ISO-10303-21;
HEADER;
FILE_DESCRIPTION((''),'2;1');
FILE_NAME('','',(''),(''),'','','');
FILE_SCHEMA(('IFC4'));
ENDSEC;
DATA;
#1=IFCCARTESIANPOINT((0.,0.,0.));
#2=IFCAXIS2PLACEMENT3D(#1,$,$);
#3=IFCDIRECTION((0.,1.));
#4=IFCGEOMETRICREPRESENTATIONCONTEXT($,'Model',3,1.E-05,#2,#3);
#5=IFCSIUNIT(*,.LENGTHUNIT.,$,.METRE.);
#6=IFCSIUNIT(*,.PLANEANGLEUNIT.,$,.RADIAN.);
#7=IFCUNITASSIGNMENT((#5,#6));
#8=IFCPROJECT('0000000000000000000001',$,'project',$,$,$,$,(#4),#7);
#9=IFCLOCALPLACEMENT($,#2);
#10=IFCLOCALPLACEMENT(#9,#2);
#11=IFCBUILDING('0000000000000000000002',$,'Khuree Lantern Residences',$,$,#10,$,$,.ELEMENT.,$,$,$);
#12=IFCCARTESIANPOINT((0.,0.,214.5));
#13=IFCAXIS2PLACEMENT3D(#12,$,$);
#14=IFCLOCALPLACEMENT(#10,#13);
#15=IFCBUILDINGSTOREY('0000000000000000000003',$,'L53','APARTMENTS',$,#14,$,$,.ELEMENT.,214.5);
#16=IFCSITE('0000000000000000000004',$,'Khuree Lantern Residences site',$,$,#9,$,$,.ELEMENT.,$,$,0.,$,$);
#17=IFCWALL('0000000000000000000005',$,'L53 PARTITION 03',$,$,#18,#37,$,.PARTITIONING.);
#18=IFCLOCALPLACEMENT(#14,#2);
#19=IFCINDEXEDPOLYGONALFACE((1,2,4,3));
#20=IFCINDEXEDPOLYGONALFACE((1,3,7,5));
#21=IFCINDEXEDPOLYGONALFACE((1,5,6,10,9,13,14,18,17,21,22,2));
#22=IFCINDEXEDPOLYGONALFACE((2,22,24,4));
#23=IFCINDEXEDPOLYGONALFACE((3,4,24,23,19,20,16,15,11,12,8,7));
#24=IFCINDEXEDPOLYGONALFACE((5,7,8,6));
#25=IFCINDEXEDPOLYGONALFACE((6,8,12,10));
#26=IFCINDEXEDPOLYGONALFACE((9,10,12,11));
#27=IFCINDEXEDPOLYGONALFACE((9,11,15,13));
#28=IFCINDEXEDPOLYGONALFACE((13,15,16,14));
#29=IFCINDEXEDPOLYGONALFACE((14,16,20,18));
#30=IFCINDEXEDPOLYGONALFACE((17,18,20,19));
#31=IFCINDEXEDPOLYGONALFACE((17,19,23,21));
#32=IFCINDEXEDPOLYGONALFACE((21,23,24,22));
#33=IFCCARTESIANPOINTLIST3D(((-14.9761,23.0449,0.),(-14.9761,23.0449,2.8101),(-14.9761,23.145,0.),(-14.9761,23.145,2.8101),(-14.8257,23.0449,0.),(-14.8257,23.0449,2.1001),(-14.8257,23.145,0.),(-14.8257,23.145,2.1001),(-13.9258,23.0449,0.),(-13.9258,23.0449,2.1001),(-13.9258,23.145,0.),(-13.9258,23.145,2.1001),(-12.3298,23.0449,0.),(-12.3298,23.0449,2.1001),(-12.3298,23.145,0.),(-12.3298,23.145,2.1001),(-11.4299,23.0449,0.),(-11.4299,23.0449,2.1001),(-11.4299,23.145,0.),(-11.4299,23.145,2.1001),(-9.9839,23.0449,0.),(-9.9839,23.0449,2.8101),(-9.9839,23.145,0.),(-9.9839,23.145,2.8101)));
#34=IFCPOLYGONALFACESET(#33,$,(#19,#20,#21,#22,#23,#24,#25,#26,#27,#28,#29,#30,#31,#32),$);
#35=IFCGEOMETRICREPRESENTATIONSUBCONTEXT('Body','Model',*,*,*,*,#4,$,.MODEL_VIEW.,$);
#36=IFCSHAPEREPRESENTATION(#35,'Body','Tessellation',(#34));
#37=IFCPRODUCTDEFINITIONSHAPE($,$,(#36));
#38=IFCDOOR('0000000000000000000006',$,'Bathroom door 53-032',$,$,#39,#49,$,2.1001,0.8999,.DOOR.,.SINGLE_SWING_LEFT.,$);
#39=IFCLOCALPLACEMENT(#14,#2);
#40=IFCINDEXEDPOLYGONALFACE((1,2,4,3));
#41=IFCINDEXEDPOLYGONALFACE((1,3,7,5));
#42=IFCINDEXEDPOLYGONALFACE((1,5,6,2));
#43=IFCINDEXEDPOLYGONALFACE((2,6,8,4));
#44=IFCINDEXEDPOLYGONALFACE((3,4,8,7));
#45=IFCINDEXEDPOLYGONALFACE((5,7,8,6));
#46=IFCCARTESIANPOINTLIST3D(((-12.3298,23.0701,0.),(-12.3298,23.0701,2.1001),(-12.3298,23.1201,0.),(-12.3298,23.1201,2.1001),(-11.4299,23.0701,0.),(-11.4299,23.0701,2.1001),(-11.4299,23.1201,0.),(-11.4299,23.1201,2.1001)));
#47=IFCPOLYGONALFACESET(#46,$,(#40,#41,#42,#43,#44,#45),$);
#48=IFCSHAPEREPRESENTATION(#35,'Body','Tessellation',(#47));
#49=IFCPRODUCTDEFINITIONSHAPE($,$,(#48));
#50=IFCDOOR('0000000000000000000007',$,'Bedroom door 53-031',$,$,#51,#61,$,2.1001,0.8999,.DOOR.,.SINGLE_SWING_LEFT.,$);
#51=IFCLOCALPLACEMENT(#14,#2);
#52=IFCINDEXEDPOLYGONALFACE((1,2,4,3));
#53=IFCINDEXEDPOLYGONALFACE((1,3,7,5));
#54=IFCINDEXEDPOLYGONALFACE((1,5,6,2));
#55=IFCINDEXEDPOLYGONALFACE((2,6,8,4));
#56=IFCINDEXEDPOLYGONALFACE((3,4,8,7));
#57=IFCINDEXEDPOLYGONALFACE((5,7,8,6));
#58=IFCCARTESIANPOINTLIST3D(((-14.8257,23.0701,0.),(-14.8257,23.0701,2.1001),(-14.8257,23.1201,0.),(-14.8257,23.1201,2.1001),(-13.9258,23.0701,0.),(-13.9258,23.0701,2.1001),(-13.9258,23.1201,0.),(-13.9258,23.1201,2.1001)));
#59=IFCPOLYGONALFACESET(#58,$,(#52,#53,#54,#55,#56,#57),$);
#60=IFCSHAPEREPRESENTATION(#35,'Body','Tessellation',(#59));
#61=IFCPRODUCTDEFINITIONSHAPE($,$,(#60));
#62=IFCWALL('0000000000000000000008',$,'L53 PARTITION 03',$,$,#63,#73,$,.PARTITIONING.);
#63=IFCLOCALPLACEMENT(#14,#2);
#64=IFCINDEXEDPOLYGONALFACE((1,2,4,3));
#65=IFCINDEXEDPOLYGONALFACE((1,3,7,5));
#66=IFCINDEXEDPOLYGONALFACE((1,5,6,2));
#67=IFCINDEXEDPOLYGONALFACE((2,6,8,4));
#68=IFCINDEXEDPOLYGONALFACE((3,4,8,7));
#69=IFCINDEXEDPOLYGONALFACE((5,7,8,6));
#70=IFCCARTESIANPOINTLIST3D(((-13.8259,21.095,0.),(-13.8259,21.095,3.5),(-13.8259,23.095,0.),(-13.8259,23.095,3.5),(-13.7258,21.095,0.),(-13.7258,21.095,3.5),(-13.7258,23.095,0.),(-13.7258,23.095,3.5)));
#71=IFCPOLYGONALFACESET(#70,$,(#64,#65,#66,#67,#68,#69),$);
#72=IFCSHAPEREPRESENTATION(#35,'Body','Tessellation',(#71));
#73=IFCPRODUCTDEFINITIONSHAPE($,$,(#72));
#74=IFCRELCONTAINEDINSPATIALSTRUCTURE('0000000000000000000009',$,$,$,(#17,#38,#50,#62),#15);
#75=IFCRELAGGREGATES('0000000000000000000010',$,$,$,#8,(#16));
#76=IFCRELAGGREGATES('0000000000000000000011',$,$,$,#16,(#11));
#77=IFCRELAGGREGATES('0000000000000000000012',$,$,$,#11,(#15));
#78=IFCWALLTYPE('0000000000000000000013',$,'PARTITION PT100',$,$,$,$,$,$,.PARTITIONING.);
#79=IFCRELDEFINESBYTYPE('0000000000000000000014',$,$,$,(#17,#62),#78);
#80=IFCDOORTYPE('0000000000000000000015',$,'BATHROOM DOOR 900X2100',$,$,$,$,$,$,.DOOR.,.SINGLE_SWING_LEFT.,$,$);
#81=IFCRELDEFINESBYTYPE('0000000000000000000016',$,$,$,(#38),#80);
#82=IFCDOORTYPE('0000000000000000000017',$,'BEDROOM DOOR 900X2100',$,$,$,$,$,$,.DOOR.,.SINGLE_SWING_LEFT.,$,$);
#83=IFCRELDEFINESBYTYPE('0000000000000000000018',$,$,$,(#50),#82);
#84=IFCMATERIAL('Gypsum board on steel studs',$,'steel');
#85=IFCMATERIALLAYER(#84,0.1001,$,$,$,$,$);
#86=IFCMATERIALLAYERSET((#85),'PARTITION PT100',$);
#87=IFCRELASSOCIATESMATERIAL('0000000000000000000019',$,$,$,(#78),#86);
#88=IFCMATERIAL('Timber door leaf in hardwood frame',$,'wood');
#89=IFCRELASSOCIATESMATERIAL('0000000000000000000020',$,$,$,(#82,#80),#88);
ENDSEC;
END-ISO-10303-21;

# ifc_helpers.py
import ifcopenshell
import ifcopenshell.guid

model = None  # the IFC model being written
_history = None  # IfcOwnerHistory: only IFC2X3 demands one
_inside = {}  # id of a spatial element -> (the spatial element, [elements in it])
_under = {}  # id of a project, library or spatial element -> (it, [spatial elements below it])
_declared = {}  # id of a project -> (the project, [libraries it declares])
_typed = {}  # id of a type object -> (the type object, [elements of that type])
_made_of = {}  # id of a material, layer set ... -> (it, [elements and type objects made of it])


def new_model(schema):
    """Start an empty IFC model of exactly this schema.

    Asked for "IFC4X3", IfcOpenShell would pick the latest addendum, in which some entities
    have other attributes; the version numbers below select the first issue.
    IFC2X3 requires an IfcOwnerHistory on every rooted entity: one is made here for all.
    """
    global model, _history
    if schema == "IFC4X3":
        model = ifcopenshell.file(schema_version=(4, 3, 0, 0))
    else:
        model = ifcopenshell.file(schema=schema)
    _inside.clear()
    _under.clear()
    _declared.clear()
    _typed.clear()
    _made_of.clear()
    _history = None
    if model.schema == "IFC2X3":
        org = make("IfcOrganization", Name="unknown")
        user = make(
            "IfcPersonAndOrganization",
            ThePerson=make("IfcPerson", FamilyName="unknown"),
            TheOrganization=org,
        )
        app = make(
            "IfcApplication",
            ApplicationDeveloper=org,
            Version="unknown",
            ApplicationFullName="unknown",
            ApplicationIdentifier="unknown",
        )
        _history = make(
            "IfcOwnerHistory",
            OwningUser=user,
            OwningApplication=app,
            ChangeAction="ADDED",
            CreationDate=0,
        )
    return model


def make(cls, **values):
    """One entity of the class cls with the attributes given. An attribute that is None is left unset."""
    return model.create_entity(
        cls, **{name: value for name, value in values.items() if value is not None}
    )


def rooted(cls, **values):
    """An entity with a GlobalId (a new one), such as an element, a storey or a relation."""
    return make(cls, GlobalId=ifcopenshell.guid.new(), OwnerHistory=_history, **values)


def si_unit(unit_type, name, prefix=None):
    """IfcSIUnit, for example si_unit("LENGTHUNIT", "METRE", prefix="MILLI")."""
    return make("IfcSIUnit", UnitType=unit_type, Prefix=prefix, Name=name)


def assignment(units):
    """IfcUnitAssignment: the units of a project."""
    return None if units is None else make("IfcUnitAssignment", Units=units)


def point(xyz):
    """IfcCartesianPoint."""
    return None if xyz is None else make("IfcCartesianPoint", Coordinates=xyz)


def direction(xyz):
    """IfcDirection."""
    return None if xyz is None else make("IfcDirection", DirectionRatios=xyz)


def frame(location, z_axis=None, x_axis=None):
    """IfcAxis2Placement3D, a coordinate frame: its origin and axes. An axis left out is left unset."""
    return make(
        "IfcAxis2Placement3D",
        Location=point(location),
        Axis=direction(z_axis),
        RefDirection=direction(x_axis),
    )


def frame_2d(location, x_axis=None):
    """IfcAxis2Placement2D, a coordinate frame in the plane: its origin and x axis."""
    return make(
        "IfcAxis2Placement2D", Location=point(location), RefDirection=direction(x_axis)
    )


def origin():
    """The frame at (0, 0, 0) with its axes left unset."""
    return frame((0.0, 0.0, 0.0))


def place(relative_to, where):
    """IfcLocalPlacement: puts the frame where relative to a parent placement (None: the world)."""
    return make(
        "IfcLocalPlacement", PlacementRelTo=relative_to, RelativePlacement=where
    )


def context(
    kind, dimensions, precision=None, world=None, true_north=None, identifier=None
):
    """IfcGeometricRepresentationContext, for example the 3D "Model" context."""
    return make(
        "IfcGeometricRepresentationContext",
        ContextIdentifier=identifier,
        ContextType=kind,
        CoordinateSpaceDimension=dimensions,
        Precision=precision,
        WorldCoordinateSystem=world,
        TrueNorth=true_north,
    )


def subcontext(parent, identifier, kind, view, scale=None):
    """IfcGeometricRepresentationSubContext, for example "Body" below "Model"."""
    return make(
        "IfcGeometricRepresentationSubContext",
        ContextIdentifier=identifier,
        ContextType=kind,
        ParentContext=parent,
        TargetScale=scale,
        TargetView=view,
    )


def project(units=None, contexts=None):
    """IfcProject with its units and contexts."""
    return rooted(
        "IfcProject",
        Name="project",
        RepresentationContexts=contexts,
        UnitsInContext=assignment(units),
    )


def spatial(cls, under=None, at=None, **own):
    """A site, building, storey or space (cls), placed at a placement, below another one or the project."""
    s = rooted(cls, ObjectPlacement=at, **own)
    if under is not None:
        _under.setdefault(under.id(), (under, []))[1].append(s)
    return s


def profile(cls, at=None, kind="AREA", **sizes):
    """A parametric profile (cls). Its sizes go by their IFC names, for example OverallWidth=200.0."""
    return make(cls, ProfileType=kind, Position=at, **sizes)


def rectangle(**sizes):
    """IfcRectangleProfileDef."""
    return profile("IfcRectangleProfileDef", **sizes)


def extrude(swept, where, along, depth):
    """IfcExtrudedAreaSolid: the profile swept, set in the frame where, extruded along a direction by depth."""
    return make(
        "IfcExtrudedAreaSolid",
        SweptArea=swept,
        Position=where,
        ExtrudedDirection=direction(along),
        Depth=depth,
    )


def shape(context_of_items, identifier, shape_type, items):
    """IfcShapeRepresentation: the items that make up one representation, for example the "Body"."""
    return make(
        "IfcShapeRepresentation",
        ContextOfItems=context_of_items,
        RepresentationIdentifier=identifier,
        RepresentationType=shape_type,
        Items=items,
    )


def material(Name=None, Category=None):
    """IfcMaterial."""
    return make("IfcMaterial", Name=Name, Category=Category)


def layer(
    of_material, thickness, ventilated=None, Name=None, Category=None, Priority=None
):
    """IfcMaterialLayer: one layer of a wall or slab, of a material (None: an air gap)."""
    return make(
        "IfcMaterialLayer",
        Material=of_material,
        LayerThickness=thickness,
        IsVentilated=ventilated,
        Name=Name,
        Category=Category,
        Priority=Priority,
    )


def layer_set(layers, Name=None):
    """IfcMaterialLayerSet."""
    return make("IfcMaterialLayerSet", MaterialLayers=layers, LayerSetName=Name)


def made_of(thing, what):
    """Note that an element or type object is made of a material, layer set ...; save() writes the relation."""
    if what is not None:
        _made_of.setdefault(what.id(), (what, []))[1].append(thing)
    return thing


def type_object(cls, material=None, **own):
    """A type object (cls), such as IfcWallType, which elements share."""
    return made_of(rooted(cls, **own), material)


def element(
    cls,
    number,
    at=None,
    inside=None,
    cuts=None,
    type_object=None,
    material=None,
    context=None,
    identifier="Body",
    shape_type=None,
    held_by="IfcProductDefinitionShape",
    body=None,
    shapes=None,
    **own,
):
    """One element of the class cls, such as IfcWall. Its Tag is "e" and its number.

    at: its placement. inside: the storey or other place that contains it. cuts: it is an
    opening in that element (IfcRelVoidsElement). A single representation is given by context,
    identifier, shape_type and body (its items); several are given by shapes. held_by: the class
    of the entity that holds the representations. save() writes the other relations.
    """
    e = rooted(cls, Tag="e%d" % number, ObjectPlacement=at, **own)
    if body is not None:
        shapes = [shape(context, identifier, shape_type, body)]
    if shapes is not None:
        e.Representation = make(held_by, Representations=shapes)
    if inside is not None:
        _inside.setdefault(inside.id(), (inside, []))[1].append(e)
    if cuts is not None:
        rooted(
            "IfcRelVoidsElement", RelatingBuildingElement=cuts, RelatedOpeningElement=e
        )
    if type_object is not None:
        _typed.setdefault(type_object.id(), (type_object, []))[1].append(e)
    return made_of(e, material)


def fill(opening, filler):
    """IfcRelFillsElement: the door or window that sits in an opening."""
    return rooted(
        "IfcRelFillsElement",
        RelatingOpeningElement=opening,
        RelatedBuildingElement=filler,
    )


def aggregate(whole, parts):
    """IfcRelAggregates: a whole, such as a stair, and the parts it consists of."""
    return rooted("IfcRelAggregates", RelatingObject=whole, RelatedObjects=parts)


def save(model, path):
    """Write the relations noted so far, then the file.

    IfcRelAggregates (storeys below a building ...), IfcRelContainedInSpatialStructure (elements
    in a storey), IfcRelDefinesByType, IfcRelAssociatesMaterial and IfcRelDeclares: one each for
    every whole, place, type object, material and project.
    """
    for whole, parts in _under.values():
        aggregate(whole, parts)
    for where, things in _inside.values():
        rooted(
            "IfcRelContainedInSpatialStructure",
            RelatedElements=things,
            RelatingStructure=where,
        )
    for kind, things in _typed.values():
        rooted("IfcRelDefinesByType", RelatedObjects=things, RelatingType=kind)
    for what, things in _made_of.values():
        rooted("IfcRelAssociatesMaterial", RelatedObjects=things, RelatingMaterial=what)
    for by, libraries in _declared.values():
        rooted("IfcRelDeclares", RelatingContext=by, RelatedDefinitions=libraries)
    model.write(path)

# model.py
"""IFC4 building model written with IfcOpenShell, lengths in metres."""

from ifc_helpers import new_model, si_unit, direction, frame, frame_2d, origin, place, context, subcontext, project, spatial, rectangle, extrude, material, layer, layer_set, type_object, element, fill, save


model = new_model("IFC4")

# Units and contexts
model_context = context("Model", 3, precision=1e-05, world=origin(), true_north=direction((0.0, 1.0)))
body_context = subcontext(model_context, "Body", "Model", "MODEL_VIEW")
ifc_project = project(units=[si_unit("LENGTHUNIT", "METRE"), si_unit("PLANEANGLEUNIT", "RADIAN")], contexts=[model_context])

# Site, building, storey
site_placement = place(None, origin())
site = spatial("IfcSite", under=ifc_project, at=site_placement, Name="Khuree Lantern Residences site", CompositionType="ELEMENT", RefElevation=0.0)
building_placement = place(site_placement, origin())
building = spatial("IfcBuilding", under=site, at=building_placement, Name="Khuree Lantern Residences", CompositionType="ELEMENT")
storey_placement = place(building_placement, frame((0.0, 0.0, 214.5)))
storey = spatial("IfcBuildingStorey", under=building, at=storey_placement, Name="L53", Description="APARTMENTS", CompositionType="ELEMENT", Elevation=214.5)

# Shared definitions
ifc_material_1 = material(Name="Gypsum board on steel studs", Category="steel")
ifc_layer_1 = layer(ifc_material_1, 0.1001)
ifc_layer_set_1 = layer_set([ifc_layer_1], Name="PARTITION PT100")
wall_type_1 = type_object("IfcWallType", Name="PARTITION PT100", PredefinedType="PARTITIONING", material=ifc_layer_set_1)

# Shared definitions
ifc_material_2 = material(Name="Timber door leaf in hardwood frame", Category="wood")
door_type_1 = type_object("IfcDoorType", Name="BEDROOM DOOR 900X2100", OperationType="SINGLE_SWING_LEFT", PredefinedType="DOOR", material=ifc_material_2)

# Wall, openings, doors
wall_1_placement = place(storey_placement, frame((-9.9839, 23.095, 0.0), z_axis=(0.0, 0.0, 1.0), x_axis=(-1.0, 0.0, 0.0)))
wall_1 = element("IfcWall", 1, at=wall_1_placement, inside=storey, type_object=wall_type_1, Name="L53 PARTITION 03", PredefinedType="PARTITIONING", context=body_context, shape_type="SweptSolid", body=[
    extrude(rectangle(XDim=4.9922, YDim=0.1001, at=frame_2d((2.4961, 0.0))), origin(), (0.0, 0.0, 1.0), 2.8101),
])
opening_1_placement = place(wall_1_placement, frame((3.9419, 0.0, 0.0)))
opening_1 = element("IfcOpeningElement", 2, at=opening_1_placement, cuts=wall_1, PredefinedType="OPENING", context=body_context, shape_type="SweptSolid", body=[
    extrude(rectangle(XDim=0.8999, YDim=2.1001, at=frame_2d((0.45, 1.05))), frame((0.0, 0.0601, 0.0), z_axis=(0.0, -1.0, 0.0), x_axis=(1.0, 0.0, 0.0)), (0.0, 0.0, 1.0), 0.1201),
])
opening_2_placement = place(wall_1_placement, frame((1.446, 0.0, 0.0)))
opening_2 = element("IfcOpeningElement", 3, at=opening_2_placement, cuts=wall_1, PredefinedType="OPENING", context=body_context, shape_type="SweptSolid", body=[
    extrude(rectangle(XDim=0.8999, YDim=2.1001, at=frame_2d((0.45, 1.05))), frame((0.0, 0.0601, 0.0), z_axis=(0.0, -1.0, 0.0), x_axis=(1.0, 0.0, 0.0)), (0.0, 0.0, 1.0), 0.1201),
])
door_type_2 = type_object("IfcDoorType", Name="BATHROOM DOOR 900X2100", OperationType="SINGLE_SWING_LEFT", PredefinedType="DOOR", material=ifc_material_2)
door_1_placement = place(opening_2_placement, origin())
door_1 = element("IfcDoor", 4, at=door_1_placement, inside=storey, type_object=door_type_2, Name="Bathroom door 53-032", OperationType="SINGLE_SWING_LEFT", OverallHeight=2.1001, OverallWidth=0.8999, PredefinedType="DOOR", context=body_context, shape_type="SweptSolid", body=[
    extrude(rectangle(XDim=0.8999, YDim=2.1001, at=frame_2d((0.45, 1.05))), frame((0.0, 0.0249, 0.0), z_axis=(0.0, -1.0, 0.0), x_axis=(1.0, 0.0, 0.0)), (0.0, 0.0, 1.0), 0.05),
])
fill(opening_2, door_1)
door_2_placement = place(opening_1_placement, origin())
door_2 = element("IfcDoor", 5, at=door_2_placement, inside=storey, type_object=door_type_1, Name="Bedroom door 53-031", OperationType="SINGLE_SWING_LEFT", OverallHeight=2.1001, OverallWidth=0.8999, PredefinedType="DOOR", context=body_context, shape_type="SweptSolid", body=[
    extrude(rectangle(XDim=0.8999, YDim=2.1001, at=frame_2d((0.45, 1.05))), frame((0.0, 0.0249, 0.0), z_axis=(0.0, -1.0, 0.0), x_axis=(1.0, 0.0, 0.0)), (0.0, 0.0, 1.0), 0.05),
])
fill(opening_1, door_2)

# Wall
wall_2_placement = place(storey_placement, frame((-13.7759, 21.095, 0.0), z_axis=(0.0, 0.0, 1.0), x_axis=(0.0, 1.0, 0.0)))
element("IfcWall", 6, at=wall_2_placement, inside=storey, type_object=wall_type_1, Name="L53 PARTITION 03", PredefinedType="PARTITIONING", context=body_context, shape_type="SweptSolid", body=[
    extrude(rectangle(XDim=2.0, YDim=0.1001, at=frame_2d((1.0, 0.0))), origin(), (0.0, 0.0, 1.0), 3.5),
])

save(model, "model.ifc")
